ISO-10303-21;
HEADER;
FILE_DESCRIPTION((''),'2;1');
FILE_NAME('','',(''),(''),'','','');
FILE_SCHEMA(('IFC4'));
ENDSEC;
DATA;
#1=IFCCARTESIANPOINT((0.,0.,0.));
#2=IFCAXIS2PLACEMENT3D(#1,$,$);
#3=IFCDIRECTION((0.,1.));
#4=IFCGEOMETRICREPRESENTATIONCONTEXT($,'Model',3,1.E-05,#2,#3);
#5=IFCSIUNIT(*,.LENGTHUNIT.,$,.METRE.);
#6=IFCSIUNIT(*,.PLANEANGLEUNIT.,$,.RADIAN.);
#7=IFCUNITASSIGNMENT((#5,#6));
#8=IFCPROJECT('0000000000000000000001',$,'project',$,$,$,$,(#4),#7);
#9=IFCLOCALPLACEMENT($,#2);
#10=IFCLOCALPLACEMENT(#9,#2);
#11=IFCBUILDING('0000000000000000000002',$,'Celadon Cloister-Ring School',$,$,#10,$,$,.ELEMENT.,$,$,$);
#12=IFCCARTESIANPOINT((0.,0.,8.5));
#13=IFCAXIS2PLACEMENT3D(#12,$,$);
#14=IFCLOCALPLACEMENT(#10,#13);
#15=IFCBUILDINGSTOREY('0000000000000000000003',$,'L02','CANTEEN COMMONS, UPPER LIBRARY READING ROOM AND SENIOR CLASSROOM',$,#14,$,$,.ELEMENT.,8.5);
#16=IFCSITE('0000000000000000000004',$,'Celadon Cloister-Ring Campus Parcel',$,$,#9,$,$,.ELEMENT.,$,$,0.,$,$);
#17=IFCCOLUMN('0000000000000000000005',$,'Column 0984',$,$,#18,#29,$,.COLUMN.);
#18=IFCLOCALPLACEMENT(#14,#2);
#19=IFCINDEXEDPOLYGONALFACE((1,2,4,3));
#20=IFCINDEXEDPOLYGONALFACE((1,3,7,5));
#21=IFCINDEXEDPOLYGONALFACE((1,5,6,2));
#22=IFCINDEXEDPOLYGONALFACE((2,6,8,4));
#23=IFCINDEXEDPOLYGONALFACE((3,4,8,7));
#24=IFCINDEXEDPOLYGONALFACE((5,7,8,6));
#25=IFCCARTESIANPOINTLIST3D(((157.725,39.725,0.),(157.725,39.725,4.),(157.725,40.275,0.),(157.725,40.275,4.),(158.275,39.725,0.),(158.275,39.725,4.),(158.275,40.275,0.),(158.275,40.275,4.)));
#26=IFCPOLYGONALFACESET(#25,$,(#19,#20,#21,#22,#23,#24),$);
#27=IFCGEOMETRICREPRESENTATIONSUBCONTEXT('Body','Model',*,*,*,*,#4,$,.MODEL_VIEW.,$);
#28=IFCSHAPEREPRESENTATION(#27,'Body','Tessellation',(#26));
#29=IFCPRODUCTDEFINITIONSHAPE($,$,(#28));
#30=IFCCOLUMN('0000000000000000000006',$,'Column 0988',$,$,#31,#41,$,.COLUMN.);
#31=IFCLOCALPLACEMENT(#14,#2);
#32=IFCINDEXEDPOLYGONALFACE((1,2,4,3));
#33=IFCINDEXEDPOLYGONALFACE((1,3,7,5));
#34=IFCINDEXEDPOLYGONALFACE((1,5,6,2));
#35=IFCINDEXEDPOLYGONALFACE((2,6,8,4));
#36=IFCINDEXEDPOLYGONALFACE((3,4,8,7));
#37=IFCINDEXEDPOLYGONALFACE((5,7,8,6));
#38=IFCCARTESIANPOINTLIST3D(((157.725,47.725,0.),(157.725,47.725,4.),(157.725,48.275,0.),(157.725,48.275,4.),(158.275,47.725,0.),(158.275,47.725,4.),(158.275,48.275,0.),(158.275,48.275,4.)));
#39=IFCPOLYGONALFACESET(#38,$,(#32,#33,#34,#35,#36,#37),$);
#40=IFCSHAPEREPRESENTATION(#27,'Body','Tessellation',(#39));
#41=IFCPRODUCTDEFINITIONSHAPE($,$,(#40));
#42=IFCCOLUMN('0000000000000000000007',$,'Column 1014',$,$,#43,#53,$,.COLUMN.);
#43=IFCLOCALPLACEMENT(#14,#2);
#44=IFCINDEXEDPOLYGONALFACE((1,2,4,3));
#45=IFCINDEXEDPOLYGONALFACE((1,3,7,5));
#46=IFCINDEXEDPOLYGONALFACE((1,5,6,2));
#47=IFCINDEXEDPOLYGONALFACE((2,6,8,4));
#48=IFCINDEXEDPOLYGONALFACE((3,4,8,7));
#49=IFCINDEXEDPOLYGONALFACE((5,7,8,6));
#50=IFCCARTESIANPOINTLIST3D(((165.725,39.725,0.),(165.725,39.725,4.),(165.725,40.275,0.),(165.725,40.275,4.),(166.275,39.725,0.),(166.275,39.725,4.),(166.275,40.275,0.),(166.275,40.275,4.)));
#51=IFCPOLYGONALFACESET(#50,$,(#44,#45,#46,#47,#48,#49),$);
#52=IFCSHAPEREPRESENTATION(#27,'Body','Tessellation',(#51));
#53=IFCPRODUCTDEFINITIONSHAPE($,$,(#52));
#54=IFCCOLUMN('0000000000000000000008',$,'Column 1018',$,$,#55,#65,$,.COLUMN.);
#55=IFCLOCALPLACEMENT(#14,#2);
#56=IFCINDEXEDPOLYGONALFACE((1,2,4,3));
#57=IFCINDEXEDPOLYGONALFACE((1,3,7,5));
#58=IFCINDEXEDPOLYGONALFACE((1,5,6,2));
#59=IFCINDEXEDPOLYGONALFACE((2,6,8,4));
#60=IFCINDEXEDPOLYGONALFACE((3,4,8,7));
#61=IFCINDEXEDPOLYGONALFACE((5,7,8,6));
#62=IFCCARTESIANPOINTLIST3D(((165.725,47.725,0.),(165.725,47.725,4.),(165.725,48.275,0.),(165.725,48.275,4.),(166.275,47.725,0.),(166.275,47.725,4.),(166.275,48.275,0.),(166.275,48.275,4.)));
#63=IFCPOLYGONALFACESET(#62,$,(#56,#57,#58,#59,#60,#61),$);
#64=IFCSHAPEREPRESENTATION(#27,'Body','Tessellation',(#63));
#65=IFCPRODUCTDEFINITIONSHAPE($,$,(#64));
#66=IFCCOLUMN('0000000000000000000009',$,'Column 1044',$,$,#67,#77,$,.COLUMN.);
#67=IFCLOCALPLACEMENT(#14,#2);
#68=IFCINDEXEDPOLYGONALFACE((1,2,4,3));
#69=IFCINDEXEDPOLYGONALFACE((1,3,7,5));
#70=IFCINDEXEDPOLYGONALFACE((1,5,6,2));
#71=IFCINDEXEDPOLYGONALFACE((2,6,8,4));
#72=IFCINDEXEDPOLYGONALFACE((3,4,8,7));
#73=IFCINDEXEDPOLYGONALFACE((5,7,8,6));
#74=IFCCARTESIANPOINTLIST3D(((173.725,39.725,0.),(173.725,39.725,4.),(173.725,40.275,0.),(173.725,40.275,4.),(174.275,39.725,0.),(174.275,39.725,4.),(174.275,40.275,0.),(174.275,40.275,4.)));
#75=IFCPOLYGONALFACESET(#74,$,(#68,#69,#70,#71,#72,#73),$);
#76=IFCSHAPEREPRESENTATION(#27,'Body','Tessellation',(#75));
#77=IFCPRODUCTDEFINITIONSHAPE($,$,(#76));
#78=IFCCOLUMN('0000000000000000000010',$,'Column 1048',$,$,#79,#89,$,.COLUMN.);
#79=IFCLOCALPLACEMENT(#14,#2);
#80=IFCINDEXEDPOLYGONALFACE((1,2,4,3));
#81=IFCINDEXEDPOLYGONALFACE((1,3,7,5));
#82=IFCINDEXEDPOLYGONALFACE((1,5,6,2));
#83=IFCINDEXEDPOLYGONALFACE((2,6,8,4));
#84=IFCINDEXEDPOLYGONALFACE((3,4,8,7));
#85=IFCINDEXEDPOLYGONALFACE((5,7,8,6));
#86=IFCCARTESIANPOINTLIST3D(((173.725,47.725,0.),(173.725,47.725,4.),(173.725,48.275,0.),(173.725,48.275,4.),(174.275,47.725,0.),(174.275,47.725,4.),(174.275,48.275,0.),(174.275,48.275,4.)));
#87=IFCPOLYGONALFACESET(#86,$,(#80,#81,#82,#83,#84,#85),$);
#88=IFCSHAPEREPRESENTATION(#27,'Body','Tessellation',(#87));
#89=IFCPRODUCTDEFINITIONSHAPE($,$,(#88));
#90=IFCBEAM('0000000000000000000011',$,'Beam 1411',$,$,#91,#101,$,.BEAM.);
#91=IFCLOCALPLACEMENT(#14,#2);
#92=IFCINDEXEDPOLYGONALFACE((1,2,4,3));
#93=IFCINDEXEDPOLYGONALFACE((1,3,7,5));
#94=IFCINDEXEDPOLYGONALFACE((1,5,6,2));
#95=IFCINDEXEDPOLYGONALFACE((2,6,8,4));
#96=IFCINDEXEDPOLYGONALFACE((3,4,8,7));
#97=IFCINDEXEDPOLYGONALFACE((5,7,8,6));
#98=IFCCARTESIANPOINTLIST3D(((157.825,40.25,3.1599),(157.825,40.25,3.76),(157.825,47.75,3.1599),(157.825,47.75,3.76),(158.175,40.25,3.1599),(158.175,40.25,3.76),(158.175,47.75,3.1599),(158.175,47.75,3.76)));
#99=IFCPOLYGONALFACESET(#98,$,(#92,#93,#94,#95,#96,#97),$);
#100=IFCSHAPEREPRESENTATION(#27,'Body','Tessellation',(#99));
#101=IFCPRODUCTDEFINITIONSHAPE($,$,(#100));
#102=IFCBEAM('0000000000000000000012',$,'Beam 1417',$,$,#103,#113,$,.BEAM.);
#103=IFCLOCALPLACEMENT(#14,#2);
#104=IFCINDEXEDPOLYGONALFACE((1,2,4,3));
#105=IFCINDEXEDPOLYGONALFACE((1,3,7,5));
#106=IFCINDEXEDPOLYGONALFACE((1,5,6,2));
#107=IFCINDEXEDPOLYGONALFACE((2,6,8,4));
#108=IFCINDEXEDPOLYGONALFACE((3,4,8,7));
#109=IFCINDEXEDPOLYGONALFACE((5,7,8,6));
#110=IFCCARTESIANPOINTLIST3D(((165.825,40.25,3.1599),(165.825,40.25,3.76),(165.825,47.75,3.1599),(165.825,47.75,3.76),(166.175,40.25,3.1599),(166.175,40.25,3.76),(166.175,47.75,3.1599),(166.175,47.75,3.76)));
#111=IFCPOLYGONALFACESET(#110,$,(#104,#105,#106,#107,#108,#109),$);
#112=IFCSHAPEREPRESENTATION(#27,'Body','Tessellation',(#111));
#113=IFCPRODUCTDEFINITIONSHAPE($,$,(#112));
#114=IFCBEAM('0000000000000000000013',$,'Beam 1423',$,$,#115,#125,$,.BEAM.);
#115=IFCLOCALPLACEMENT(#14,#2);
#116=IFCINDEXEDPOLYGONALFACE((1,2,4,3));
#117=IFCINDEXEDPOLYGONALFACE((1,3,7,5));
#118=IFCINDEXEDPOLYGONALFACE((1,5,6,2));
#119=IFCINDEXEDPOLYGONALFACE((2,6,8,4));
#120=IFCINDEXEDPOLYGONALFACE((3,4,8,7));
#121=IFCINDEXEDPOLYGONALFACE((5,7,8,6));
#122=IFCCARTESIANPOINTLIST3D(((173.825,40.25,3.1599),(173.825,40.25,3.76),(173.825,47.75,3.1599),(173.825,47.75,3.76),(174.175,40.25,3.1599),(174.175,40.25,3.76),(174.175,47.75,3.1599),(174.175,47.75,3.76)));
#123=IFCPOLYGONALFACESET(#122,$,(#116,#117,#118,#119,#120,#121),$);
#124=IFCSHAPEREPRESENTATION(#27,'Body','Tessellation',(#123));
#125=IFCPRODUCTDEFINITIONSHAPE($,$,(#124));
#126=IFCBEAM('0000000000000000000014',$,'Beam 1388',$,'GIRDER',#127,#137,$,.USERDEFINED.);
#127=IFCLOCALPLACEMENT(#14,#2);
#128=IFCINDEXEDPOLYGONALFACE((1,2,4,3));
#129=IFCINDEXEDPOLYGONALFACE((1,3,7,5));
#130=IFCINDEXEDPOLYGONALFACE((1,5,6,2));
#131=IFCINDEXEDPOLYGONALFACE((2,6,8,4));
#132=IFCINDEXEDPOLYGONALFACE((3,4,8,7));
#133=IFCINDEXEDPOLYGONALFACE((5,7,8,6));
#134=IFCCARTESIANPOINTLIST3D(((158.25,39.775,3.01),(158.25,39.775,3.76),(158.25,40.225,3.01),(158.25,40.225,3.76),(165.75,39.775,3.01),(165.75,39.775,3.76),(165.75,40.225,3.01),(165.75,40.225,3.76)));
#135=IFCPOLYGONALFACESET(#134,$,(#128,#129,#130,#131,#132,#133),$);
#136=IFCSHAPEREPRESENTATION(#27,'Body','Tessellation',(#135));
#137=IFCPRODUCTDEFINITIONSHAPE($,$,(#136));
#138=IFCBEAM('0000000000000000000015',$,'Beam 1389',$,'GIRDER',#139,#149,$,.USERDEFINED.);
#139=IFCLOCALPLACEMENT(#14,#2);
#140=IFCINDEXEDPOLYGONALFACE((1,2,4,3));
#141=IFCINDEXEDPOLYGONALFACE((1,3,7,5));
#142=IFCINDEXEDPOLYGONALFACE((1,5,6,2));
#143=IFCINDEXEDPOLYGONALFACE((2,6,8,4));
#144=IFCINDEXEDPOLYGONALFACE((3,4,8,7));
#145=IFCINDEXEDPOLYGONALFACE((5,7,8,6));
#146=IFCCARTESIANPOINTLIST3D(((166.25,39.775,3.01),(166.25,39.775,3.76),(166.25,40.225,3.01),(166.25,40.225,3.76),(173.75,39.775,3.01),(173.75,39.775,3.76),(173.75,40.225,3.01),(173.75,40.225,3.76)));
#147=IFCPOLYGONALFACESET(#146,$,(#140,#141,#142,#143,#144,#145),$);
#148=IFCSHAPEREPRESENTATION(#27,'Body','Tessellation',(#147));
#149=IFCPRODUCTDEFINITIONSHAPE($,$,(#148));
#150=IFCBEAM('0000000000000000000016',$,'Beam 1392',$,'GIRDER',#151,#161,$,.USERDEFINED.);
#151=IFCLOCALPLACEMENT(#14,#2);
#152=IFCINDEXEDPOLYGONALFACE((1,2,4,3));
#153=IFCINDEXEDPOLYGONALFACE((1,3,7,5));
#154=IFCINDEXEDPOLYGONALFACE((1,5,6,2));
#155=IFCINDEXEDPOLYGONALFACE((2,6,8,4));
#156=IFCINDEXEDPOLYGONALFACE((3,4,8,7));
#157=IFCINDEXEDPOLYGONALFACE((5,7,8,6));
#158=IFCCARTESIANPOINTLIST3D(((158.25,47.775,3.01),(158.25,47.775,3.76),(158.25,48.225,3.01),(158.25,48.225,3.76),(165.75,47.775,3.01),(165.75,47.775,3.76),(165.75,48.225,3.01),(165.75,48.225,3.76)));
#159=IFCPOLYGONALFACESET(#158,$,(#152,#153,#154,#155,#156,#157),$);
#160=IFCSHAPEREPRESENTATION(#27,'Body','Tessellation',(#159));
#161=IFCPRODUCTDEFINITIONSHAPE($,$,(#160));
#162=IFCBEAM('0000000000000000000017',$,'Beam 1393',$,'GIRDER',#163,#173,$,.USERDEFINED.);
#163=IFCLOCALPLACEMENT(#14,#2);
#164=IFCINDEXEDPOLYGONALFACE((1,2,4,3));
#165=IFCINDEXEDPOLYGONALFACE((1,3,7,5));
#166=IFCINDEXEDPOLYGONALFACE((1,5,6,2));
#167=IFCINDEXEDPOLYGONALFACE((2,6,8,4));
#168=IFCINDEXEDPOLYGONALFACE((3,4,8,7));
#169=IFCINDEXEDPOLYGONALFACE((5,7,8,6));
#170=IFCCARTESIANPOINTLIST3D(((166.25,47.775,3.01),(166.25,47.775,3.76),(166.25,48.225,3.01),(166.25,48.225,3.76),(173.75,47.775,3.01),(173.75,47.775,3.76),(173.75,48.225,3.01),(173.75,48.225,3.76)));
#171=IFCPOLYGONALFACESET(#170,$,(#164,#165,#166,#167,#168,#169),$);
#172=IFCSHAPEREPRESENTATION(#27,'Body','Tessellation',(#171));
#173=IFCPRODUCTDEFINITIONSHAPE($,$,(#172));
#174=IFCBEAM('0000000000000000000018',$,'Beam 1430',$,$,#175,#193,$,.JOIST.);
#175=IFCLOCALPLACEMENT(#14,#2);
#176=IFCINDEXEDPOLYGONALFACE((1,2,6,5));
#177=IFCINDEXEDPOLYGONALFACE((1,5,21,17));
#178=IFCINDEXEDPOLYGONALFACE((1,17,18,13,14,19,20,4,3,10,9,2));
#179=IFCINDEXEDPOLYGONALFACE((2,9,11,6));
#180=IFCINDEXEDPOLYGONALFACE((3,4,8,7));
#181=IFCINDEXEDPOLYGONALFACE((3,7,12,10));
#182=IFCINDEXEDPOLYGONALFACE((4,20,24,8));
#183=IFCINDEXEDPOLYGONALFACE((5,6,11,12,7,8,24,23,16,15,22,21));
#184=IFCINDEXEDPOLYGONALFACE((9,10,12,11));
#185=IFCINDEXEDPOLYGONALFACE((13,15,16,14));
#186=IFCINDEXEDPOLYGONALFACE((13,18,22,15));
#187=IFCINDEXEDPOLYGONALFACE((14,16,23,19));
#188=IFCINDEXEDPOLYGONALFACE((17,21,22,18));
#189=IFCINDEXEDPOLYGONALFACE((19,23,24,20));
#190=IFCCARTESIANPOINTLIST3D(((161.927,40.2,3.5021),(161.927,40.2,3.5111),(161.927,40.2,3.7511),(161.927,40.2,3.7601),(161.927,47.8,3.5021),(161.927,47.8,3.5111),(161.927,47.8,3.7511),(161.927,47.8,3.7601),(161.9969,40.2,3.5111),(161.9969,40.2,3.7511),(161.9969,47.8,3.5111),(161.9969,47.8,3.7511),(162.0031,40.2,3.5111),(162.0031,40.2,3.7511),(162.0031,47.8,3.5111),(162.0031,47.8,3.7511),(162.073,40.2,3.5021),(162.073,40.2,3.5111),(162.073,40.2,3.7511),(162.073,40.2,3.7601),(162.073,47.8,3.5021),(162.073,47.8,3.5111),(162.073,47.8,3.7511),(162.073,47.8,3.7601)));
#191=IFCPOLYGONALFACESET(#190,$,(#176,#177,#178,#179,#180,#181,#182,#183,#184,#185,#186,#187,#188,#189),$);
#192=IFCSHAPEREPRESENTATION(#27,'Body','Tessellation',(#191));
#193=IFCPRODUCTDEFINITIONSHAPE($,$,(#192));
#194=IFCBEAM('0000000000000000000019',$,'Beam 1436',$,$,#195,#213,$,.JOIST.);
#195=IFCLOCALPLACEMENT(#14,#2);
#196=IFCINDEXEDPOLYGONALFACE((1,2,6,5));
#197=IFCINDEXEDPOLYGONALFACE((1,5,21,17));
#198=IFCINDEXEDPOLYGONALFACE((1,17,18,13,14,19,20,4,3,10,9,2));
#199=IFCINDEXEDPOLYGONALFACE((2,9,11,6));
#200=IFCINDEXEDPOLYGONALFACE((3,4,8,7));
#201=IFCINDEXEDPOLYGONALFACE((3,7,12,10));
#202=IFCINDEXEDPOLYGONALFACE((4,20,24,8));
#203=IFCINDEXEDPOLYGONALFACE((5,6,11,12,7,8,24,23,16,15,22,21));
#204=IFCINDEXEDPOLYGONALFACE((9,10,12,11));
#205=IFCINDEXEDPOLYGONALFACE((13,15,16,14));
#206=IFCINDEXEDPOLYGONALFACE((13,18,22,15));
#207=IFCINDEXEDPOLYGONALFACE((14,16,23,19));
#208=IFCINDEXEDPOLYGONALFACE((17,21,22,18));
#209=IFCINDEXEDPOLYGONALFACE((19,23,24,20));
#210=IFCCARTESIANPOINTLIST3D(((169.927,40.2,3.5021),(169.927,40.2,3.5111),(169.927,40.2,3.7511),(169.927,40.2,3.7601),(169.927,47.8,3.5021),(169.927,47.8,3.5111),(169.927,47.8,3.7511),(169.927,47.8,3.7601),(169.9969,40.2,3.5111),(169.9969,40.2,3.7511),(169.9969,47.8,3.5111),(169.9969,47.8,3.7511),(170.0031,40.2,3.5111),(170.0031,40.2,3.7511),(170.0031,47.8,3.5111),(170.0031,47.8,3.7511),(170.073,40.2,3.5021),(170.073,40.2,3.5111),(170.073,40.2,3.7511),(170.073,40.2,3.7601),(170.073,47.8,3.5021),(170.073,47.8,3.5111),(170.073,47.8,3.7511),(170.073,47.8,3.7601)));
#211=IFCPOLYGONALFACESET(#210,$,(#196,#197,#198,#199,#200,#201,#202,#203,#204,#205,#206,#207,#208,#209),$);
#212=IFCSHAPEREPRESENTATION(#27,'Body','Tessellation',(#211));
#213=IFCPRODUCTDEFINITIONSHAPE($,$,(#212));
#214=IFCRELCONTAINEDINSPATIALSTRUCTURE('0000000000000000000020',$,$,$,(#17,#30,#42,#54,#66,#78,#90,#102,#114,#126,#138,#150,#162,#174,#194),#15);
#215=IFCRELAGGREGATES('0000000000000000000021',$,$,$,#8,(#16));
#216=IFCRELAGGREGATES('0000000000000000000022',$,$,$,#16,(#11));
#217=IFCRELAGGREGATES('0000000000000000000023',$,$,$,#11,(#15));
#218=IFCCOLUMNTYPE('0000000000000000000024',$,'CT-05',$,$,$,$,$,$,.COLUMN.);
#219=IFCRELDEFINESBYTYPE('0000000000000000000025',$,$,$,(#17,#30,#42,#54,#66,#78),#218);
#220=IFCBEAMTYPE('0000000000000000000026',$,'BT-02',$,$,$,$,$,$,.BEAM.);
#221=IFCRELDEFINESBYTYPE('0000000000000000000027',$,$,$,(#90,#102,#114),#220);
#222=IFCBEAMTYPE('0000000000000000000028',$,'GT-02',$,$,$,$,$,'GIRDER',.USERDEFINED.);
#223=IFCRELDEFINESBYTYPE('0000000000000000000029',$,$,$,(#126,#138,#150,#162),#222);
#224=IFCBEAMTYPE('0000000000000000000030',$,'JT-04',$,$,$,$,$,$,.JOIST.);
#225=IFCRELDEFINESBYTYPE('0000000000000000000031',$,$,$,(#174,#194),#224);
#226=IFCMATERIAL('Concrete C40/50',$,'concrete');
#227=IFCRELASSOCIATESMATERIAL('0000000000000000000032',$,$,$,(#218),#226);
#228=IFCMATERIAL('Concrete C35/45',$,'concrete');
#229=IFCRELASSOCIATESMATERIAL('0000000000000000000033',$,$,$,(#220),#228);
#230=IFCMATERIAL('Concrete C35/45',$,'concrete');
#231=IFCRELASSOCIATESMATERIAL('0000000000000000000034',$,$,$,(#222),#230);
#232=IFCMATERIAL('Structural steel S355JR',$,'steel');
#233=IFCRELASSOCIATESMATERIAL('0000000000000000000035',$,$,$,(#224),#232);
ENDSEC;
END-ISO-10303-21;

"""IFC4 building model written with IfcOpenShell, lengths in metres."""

from ifc_helpers import new_model, si_unit, direction, frame, origin, origin_2d, place, context, subcontext, project, spatial, rectangle, i_section, extrude, material, material_profile, profile_set, type_object, element, save


model = new_model("IFC4")

# Units and contexts
model_context = context("Model", 3, precision=1e-05, world=origin(), true_north=direction((0.0, 1.0)))
body_context = subcontext(model_context, "Body", "Model", "MODEL_VIEW")
ifc_project = project(units=[si_unit("LENGTHUNIT", "METRE"), si_unit("PLANEANGLEUNIT", "RADIAN")], contexts=[model_context])

# Site, building, storey
site_placement = place(None, origin())
site = spatial("IfcSite", under=ifc_project, at=site_placement, Name="Celadon Cloister-Ring Campus Parcel", CompositionType="ELEMENT", RefElevation=0.0)
building_placement = place(site_placement, origin())
building = spatial("IfcBuilding", under=site, at=building_placement, Name="Celadon Cloister-Ring School", CompositionType="ELEMENT")
storey_placement = place(building_placement, frame((0.0, 0.0, 8.5)))
storey = spatial("IfcBuildingStorey", under=building, at=storey_placement, Name="L02", Description="CANTEEN COMMONS, UPPER LIBRARY READING ROOM AND SENIOR CLASSROOM", CompositionType="ELEMENT", Elevation=8.5)

# Columns
ifc_material_1 = material(Name="Concrete C40/50", Category="concrete")
ifc_material_profile_1 = material_profile(ifc_material_1, rectangle(XDim=0.55, YDim=0.55, at=origin_2d()), Name="RC550X550")
ifc_profile_set_1 = profile_set([ifc_material_profile_1], Name="Concrete C40/50")
column_type = type_object("IfcColumnType", Name="CT-05", PredefinedType="COLUMN", material=ifc_profile_set_1)
for number, where, z_axis, x_axis, name in (
    (1, (158.0, 40.0, 0.0), (0.0, 0.0, 1.0), (1.0, 0.0, 0.0), "Column 0984"),
    (2, (158.0, 48.0, 0.0), (0.0, 0.0, 1.0), (1.0, 0.0, 0.0), "Column 0988"),
    (3, (166.0, 40.0, 0.0), (0.0, 0.0, 1.0), (1.0, 0.0, 0.0), "Column 1014"),
    (4, (166.0, 48.0, 0.0), (0.0, 0.0, 1.0), (1.0, 0.0, 0.0), "Column 1018"),
    (5, (174.0, 40.0, 0.0), (0.0, 0.0, 1.0), (1.0, 0.0, 0.0), "Column 1044"),
    (6, (174.0, 48.0, 0.0), (0.0, 0.0, 1.0), (1.0, 0.0, 0.0), "Column 1048"),
):
    element("IfcColumn", number, at=place(storey_placement, frame(where, z_axis=z_axis, x_axis=x_axis)), inside=storey, type_object=column_type, Name=name, PredefinedType="COLUMN", context=body_context, shape_type="SweptSolid", body=[
        extrude(rectangle(XDim=0.55, YDim=0.55, at=origin_2d()), origin(), (0.0, 0.0, 1.0), 4.0),
    ])

# Beams
ifc_material_2 = material(Name="Concrete C35/45", Category="concrete")
ifc_material_profile_2 = material_profile(ifc_material_2, rectangle(XDim=0.3501, YDim=0.6001, at=origin_2d()), Name="RC350X600")
ifc_profile_set_2 = profile_set([ifc_material_profile_2], Name="Concrete C35/45")
beam_type_1 = type_object("IfcBeamType", Name="BT-02", PredefinedType="BEAM", material=ifc_profile_set_2)
for number, where, z_axis, x_axis, name in (
    (7, (158.0, 40.25, 3.46), (0.0, 1.0, 0.0), (-1.0, 0.0, 0.0), "Beam 1411"),
    (8, (166.0, 40.25, 3.46), (0.0, 1.0, 0.0), (-1.0, 0.0, 0.0), "Beam 1417"),
    (9, (174.0, 40.25, 3.46), (0.0, 1.0, 0.0), (-1.0, 0.0, 0.0), "Beam 1423"),
):
    element("IfcBeam", number, at=place(storey_placement, frame(where, z_axis=z_axis, x_axis=x_axis)), inside=storey, type_object=beam_type_1, Name=name, PredefinedType="BEAM", context=body_context, shape_type="SweptSolid", body=[
        extrude(rectangle(XDim=0.3501, YDim=0.6001, at=origin_2d()), origin(), (0.0, 0.0, 1.0), 7.5),
    ])
ifc_material_3 = material(Name="Concrete C35/45", Category="concrete")
ifc_material_profile_3 = material_profile(ifc_material_3, rectangle(XDim=0.45, YDim=0.75, at=origin_2d()), Name="RC450X750")
ifc_profile_set_3 = profile_set([ifc_material_profile_3], Name="Concrete C35/45")
beam_type_2 = type_object("IfcBeamType", Name="GT-02", ElementType="GIRDER", PredefinedType="USERDEFINED", material=ifc_profile_set_3)
for number, where, z_axis, x_axis, name in (
    (10, (158.25, 40.0, 3.385), (1.0, 0.0, 0.0), (0.0, 1.0, 0.0), "Beam 1388"),
    (11, (166.25, 40.0, 3.385), (1.0, 0.0, 0.0), (0.0, 1.0, 0.0), "Beam 1389"),
    (12, (158.25, 48.0, 3.385), (1.0, 0.0, 0.0), (0.0, 1.0, 0.0), "Beam 1392"),
    (13, (166.25, 48.0, 3.385), (1.0, 0.0, 0.0), (0.0, 1.0, 0.0), "Beam 1393"),
):
    element("IfcBeam", number, at=place(storey_placement, frame(where, z_axis=z_axis, x_axis=x_axis)), inside=storey, type_object=beam_type_2, Name=name, ObjectType="GIRDER", PredefinedType="USERDEFINED", context=body_context, shape_type="SweptSolid", body=[
        extrude(rectangle(XDim=0.45, YDim=0.75, at=origin_2d()), origin(), (0.0, 0.0, 1.0), 7.5),
    ])
ifc_material_4 = material(Name="Structural steel S355JR", Category="steel")
ifc_material_profile_4 = material_profile(ifc_material_4, i_section(OverallWidth=0.146, OverallDepth=0.2581, WebThickness=0.0061, FlangeThickness=0.009, at=origin_2d()), Name="W250X33")
ifc_profile_set_4 = profile_set([ifc_material_profile_4], Name="Structural steel S355JR")
beam_type_3 = type_object("IfcBeamType", Name="JT-04", PredefinedType="JOIST", material=ifc_profile_set_4)
for number, where, z_axis, x_axis, name in (
    (14, (162.0, 40.2, 3.6311), (0.0, 1.0, 0.0), (-1.0, 0.0, 0.0), "Beam 1430"),
    (15, (170.0, 40.2, 3.6311), (0.0, 1.0, 0.0), (-1.0, 0.0, 0.0), "Beam 1436"),
):
    element("IfcBeam", number, at=place(storey_placement, frame(where, z_axis=z_axis, x_axis=x_axis)), inside=storey, type_object=beam_type_3, Name=name, PredefinedType="JOIST", context=body_context, shape_type="SweptSolid", body=[
        extrude(i_section(OverallWidth=0.146, OverallDepth=0.2581, WebThickness=0.0061, FlangeThickness=0.009, at=origin_2d()), origin(), (0.0, 0.0, 1.0), 7.6001),
    ])

save(model, "model.ifc")
